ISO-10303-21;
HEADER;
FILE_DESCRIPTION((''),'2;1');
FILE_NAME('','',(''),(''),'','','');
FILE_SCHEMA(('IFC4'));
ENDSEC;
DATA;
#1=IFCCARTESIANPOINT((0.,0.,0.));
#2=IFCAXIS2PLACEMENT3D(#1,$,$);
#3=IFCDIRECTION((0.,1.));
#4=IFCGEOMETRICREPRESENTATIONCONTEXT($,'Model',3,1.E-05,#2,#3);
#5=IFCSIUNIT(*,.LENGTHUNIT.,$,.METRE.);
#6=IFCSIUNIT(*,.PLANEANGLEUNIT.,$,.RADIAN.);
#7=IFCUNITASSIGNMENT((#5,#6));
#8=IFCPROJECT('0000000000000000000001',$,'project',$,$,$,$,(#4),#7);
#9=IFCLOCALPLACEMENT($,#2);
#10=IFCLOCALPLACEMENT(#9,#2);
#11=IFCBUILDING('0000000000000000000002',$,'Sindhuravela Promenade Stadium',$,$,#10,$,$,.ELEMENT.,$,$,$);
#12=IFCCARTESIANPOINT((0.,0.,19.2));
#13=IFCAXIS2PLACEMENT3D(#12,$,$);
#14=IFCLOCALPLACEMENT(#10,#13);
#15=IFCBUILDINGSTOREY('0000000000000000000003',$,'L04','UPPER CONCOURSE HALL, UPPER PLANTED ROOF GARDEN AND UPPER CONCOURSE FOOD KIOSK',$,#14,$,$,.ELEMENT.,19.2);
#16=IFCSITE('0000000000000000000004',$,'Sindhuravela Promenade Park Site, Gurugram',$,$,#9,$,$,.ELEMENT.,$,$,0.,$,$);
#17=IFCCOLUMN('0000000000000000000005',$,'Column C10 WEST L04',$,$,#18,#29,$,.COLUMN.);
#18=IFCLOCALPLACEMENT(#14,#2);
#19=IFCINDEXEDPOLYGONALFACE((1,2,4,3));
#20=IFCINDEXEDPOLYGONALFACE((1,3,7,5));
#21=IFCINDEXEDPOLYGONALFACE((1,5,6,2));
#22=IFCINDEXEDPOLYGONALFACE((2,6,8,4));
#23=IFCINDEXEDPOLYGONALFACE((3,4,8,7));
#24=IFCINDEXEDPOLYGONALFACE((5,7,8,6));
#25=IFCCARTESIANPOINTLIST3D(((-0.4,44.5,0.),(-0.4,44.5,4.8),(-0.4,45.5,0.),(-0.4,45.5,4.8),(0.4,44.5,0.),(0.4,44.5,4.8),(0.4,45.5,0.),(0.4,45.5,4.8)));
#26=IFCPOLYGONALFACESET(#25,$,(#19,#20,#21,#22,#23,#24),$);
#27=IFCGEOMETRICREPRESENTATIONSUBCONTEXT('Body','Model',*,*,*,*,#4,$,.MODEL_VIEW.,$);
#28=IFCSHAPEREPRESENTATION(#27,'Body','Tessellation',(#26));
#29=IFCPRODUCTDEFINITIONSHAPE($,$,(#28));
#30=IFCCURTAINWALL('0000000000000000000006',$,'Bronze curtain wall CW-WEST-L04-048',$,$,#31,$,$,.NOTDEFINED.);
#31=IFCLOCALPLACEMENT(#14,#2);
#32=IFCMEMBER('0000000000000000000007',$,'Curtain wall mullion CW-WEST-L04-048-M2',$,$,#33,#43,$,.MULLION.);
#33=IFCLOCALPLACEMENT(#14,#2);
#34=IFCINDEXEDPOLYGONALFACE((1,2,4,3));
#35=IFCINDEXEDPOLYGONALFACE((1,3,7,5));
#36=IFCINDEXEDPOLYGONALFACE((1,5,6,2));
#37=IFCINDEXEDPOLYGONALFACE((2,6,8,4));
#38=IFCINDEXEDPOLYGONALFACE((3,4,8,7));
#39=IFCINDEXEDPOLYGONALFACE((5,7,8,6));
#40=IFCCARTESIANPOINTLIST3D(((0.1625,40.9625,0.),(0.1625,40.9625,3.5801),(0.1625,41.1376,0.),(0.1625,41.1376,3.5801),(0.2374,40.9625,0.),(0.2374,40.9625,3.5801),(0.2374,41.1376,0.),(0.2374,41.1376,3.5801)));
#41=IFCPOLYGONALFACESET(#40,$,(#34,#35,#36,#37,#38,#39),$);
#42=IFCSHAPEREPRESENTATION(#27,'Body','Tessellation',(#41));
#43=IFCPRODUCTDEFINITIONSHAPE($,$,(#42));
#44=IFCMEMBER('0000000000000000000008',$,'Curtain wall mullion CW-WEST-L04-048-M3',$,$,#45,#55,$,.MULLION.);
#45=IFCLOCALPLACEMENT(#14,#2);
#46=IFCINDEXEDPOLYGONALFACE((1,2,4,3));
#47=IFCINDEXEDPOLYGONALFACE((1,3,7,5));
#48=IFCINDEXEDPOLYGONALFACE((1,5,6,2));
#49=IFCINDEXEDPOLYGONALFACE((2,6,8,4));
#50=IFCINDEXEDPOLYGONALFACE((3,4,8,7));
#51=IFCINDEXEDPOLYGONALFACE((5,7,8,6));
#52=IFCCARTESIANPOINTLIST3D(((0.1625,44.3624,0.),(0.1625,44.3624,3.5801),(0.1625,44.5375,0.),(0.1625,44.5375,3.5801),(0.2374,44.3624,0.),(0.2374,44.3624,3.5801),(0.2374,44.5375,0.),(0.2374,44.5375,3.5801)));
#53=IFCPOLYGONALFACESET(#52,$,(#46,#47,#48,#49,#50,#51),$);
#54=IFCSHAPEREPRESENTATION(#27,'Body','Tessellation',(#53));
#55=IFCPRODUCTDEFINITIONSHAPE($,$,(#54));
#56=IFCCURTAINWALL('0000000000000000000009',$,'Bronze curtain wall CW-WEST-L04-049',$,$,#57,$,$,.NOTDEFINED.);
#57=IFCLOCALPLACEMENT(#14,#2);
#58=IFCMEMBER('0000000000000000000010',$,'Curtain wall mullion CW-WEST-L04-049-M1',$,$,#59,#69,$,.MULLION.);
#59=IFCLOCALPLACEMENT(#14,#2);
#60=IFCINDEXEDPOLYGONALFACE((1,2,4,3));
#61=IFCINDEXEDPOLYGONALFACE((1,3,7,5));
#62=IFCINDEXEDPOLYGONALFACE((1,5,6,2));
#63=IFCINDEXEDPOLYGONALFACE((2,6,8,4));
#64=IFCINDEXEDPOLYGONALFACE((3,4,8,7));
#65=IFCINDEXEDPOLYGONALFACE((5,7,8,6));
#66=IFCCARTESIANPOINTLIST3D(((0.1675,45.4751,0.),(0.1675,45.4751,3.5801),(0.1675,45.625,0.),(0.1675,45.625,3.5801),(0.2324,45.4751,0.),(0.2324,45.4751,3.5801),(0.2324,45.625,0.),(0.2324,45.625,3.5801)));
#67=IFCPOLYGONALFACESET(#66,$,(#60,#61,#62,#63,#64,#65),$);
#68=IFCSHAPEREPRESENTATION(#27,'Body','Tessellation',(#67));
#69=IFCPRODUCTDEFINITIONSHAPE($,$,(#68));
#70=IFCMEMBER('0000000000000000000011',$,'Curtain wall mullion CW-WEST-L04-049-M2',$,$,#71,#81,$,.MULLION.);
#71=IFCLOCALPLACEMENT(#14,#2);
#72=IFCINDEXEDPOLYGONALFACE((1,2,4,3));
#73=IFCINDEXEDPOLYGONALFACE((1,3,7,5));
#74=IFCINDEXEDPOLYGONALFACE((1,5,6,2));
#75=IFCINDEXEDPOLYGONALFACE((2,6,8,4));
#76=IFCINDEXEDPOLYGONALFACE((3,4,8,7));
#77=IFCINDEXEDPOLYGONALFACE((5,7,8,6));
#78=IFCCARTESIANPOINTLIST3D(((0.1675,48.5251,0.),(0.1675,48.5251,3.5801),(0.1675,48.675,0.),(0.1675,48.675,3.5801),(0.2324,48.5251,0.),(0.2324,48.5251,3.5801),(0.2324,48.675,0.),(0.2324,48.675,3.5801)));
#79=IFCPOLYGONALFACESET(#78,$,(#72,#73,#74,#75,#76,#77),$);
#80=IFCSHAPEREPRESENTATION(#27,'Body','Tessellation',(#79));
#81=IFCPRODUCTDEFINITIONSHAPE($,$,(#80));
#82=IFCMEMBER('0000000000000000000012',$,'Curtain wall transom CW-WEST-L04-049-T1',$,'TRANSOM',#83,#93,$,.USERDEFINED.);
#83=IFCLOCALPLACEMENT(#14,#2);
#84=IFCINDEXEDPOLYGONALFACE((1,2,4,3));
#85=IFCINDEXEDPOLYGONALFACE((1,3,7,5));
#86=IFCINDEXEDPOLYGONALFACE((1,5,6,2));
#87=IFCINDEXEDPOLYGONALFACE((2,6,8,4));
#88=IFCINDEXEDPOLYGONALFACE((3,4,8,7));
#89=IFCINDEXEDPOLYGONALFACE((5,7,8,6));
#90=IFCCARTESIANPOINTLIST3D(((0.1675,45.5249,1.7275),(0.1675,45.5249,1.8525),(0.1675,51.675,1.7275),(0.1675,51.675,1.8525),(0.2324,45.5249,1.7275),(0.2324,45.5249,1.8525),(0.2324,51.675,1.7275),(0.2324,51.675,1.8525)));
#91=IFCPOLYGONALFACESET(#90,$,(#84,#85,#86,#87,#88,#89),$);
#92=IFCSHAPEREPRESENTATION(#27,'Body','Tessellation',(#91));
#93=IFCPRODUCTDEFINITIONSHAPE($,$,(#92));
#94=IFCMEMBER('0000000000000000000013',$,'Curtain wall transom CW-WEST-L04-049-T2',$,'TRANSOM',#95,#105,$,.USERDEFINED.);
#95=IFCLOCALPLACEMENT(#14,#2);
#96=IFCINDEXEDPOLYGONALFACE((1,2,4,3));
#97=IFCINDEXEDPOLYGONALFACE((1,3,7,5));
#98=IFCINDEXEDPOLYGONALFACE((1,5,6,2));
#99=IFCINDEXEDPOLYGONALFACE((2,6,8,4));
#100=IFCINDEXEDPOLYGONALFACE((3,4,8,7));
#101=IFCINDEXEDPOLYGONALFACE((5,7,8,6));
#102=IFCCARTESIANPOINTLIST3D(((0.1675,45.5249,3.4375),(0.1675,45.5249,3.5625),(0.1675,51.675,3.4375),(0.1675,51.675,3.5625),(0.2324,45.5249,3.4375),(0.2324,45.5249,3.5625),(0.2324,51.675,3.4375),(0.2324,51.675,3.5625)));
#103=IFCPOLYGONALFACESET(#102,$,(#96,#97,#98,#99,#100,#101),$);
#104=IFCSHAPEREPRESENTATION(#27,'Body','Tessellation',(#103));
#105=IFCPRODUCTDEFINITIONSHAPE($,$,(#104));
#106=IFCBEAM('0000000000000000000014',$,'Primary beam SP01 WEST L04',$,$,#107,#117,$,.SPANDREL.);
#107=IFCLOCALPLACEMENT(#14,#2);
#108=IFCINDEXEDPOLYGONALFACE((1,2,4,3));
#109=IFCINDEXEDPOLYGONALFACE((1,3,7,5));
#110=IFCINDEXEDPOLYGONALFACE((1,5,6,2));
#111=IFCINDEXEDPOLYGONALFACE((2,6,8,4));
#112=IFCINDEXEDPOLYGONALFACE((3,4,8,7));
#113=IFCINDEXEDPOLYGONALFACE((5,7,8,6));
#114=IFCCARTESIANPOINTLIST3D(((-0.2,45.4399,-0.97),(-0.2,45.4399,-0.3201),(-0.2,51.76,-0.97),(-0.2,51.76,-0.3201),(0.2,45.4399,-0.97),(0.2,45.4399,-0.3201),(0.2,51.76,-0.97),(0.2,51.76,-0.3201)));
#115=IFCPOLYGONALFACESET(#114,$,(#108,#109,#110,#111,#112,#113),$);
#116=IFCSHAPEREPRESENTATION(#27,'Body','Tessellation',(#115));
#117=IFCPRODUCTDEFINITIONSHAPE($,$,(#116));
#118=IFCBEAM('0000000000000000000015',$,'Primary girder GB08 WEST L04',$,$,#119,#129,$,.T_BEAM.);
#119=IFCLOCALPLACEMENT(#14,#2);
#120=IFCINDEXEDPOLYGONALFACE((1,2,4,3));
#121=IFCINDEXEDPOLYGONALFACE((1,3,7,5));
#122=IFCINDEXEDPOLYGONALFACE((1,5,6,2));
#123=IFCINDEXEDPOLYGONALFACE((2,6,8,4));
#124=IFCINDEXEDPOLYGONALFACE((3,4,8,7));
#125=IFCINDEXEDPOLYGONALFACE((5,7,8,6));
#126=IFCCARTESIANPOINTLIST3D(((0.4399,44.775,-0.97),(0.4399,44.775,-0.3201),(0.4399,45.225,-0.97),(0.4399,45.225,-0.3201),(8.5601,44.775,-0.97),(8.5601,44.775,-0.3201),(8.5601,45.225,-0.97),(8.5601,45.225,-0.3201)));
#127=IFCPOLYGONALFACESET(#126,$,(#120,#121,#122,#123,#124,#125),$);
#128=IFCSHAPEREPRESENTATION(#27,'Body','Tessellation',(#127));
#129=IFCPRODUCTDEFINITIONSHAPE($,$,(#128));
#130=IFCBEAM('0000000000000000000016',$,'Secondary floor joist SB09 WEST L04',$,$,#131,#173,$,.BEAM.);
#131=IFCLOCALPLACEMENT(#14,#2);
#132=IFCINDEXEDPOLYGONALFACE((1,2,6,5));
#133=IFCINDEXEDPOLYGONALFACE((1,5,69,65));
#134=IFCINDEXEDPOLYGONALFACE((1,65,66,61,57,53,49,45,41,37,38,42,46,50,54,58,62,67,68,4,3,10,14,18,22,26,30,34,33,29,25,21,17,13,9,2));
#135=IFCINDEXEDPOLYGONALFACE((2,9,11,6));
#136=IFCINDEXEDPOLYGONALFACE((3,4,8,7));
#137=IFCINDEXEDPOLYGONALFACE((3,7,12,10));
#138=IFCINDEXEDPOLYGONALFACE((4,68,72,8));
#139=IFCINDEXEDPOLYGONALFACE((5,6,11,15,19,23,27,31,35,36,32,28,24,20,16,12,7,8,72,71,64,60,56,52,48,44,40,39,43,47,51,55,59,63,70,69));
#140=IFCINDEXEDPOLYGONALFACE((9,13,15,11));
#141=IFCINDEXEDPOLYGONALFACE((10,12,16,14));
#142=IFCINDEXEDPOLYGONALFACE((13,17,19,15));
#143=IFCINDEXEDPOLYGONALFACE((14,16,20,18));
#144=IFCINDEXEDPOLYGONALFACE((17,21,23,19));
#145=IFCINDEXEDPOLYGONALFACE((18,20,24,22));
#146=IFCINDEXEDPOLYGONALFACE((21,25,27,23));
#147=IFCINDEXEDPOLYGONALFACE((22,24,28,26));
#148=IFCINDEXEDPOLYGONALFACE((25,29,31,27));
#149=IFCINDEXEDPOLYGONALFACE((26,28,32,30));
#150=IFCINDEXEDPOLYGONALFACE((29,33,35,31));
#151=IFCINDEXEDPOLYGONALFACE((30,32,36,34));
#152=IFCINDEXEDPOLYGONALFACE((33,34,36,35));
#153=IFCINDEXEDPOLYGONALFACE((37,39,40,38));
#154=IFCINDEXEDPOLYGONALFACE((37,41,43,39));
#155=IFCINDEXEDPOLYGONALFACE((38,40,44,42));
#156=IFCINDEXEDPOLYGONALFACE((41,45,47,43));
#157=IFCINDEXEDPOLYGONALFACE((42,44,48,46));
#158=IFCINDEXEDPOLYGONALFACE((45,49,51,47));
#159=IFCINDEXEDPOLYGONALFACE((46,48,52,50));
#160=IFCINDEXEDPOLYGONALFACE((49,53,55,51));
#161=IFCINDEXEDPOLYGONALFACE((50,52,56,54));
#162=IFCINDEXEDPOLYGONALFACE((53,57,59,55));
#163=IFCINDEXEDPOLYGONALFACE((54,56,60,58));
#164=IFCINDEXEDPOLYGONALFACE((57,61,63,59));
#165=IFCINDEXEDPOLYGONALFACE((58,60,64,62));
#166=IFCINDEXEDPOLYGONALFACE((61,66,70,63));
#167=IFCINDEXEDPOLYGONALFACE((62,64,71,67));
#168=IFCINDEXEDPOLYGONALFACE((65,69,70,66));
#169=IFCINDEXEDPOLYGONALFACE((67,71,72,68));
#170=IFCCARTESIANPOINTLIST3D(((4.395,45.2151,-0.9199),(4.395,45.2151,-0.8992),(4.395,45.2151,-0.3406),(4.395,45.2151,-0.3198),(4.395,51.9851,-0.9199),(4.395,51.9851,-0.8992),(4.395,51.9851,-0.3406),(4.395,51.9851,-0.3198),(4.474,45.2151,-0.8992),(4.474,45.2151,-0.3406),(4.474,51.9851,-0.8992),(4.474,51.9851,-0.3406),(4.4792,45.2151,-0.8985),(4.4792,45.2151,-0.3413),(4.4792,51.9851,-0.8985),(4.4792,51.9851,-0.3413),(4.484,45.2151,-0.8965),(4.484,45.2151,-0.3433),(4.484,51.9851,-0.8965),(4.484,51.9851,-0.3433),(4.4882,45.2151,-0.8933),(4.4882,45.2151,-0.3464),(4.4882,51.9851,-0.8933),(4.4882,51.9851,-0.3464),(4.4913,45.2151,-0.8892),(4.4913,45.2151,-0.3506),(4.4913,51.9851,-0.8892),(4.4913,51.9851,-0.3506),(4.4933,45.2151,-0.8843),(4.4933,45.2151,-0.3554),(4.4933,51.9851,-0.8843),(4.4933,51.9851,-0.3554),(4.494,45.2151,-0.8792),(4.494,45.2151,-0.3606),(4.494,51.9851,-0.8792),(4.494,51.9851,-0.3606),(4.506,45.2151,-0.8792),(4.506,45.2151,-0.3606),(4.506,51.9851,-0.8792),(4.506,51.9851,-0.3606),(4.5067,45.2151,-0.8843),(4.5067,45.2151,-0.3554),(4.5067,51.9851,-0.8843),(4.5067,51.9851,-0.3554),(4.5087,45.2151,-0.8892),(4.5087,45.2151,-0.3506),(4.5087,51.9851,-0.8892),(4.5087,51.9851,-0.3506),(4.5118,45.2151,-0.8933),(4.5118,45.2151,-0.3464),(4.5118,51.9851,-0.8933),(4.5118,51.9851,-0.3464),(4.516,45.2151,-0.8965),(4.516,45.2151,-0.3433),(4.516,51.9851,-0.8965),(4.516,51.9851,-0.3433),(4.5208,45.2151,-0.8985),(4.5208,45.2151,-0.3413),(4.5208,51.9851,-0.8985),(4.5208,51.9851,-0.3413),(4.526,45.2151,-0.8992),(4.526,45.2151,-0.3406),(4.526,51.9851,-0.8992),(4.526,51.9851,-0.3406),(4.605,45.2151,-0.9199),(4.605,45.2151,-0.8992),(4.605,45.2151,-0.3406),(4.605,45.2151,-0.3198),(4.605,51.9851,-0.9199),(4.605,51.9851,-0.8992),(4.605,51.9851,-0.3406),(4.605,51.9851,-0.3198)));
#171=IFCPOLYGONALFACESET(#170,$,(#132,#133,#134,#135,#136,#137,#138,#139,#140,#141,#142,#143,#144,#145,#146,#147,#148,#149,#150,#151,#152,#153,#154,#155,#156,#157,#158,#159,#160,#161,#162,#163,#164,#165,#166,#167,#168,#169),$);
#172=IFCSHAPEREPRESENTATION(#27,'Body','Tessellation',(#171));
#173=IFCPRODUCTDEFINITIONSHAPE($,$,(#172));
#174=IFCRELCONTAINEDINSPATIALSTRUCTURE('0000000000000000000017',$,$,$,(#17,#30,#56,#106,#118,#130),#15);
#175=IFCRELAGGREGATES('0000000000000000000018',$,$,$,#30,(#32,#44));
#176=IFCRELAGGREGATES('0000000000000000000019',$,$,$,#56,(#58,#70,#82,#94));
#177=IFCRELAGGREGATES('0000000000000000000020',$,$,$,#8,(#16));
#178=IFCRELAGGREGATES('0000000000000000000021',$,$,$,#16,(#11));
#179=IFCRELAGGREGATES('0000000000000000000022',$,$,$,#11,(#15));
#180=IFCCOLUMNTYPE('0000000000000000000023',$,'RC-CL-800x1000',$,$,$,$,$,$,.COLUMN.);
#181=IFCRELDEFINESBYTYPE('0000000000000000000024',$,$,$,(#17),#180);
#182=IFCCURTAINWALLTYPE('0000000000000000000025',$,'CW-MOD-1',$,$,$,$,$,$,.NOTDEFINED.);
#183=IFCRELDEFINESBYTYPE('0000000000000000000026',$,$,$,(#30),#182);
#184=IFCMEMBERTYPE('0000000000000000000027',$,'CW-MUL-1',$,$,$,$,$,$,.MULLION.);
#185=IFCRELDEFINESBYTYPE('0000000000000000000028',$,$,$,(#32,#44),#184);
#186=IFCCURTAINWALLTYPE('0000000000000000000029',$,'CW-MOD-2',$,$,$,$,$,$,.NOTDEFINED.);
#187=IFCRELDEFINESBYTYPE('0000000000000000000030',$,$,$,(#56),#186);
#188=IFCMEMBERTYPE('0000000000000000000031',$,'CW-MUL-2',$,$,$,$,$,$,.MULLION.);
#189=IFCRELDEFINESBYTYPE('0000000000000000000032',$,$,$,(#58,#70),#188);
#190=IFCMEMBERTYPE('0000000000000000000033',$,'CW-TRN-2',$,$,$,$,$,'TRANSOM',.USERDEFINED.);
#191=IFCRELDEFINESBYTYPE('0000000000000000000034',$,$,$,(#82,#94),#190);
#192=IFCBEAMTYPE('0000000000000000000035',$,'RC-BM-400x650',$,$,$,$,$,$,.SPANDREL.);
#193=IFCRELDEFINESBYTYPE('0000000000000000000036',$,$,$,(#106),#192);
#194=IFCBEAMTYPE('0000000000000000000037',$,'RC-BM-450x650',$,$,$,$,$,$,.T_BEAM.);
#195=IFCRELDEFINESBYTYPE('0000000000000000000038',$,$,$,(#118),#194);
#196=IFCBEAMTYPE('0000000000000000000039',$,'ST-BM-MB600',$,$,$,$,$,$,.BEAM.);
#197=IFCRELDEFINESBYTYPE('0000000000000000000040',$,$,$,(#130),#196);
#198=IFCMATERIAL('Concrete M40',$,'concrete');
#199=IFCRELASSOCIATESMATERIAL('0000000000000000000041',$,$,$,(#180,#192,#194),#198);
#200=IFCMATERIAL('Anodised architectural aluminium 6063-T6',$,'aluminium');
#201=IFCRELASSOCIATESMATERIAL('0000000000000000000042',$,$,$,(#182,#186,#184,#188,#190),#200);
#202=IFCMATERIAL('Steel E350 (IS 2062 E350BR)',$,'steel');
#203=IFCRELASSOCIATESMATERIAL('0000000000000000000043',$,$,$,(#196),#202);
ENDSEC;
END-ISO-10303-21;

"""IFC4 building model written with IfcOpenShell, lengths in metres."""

from ifc_helpers import new_model, si_unit, direction, frame, origin, origin_2d, place, context, subcontext, project, spatial, rectangle, i_section, extrude, material, material_profile, profile_set, type_object, element, aggregate, save


model = new_model("IFC4")

# Units and contexts
model_context = context("Model", 3, precision=1e-05, world=origin(), true_north=direction((0.0, 1.0)))
body_context = subcontext(model_context, "Body", "Model", "MODEL_VIEW")
ifc_project = project(units=[si_unit("LENGTHUNIT", "METRE"), si_unit("PLANEANGLEUNIT", "RADIAN")], contexts=[model_context])

# Site, building, storey
site_placement = place(None, origin())
site = spatial("IfcSite", under=ifc_project, at=site_placement, Name="Sindhuravela Promenade Park Site, Gurugram", CompositionType="ELEMENT", RefElevation=0.0)
building_placement = place(site_placement, origin())
building = spatial("IfcBuilding", under=site, at=building_placement, Name="Sindhuravela Promenade Stadium", CompositionType="ELEMENT")
storey_placement = place(building_placement, frame((0.0, 0.0, 19.2)))
storey = spatial("IfcBuildingStorey", under=building, at=storey_placement, Name="L04", Description="UPPER CONCOURSE HALL, UPPER PLANTED ROOF GARDEN AND UPPER CONCOURSE FOOD KIOSK", CompositionType="ELEMENT", Elevation=19.2)

# Column
ifc_material_1 = material(Name="Concrete M40", Category="concrete")
ifc_material_profile_1 = material_profile(ifc_material_1, rectangle(XDim=0.8, YDim=1.0, at=origin_2d()), Name="RC 800x1000")
ifc_profile_set_1 = profile_set([ifc_material_profile_1], Name="Concrete M40")
column_type = type_object("IfcColumnType", Name="RC-CL-800x1000", PredefinedType="COLUMN", material=ifc_profile_set_1)
column_placement = place(storey_placement, frame((0.0, 45.0, 0.0), z_axis=(0.0, 0.0, 1.0), x_axis=(1.0, 0.0, 0.0)))
element("IfcColumn", 1, at=column_placement, inside=storey, type_object=column_type, Name="Column C10 WEST L04", PredefinedType="COLUMN", context=body_context, shape_type="SweptSolid", body=[
    extrude(rectangle(XDim=0.8, YDim=1.0, at=origin_2d()), origin(), (0.0, 0.0, 1.0), 4.8),
])

# Curtain walls, members
ifc_material_2 = material(Name="Anodised architectural aluminium 6063-T6", Category="aluminium")
curtain_wall_type_1 = type_object("IfcCurtainWallType", Name="CW-MOD-1", PredefinedType="NOTDEFINED", material=ifc_material_2)
curtain_wall_1_placement = place(storey_placement, origin())
curtain_wall_1 = element("IfcCurtainWall", 2, at=curtain_wall_1_placement, inside=storey, type_object=curtain_wall_type_1, Name="Bronze curtain wall CW-WEST-L04-048", PredefinedType="NOTDEFINED")
ifc_material_profile_2 = material_profile(ifc_material_2, rectangle(XDim=0.075, YDim=0.175, at=origin_2d()), Name="ALU MULL 75x175")
ifc_profile_set_2 = profile_set([ifc_material_profile_2], Name="Anodised architectural aluminium 6063-T6")
member_type_1 = type_object("IfcMemberType", Name="CW-MUL-1", PredefinedType="MULLION", material=ifc_profile_set_2)
member_1_placement = place(storey_placement, frame((0.2, 41.05, 0.0), z_axis=(0.0, 0.0, 1.0), x_axis=(1.0, 0.0, 0.0)))
member_1 = element("IfcMember", 3, at=member_1_placement, type_object=member_type_1, Name="Curtain wall mullion CW-WEST-L04-048-M2", PredefinedType="MULLION", context=body_context, shape_type="SweptSolid", body=[
    extrude(rectangle(XDim=0.075, YDim=0.175, at=origin_2d()), origin(), (0.0, 0.0, 1.0), 3.5801),
])
member_2_placement = place(storey_placement, frame((0.2, 44.45, 0.0), z_axis=(0.0, 0.0, 1.0), x_axis=(1.0, 0.0, 0.0)))
member_2 = element("IfcMember", 4, at=member_2_placement, type_object=member_type_1, Name="Curtain wall mullion CW-WEST-L04-048-M3", PredefinedType="MULLION", context=body_context, shape_type="SweptSolid", body=[
    extrude(rectangle(XDim=0.075, YDim=0.175, at=origin_2d()), origin(), (0.0, 0.0, 1.0), 3.5801),
])
curtain_wall_type_2 = type_object("IfcCurtainWallType", Name="CW-MOD-2", PredefinedType="NOTDEFINED", material=ifc_material_2)
curtain_wall_2_placement = place(storey_placement, origin())
curtain_wall_2 = element("IfcCurtainWall", 5, at=curtain_wall_2_placement, inside=storey, type_object=curtain_wall_type_2, Name="Bronze curtain wall CW-WEST-L04-049", PredefinedType="NOTDEFINED")
ifc_material_profile_3 = material_profile(ifc_material_2, rectangle(XDim=0.0649, YDim=0.1499, at=origin_2d()), Name="ALU MULL 65x150")
ifc_profile_set_3 = profile_set([ifc_material_profile_3], Name="Anodised architectural aluminium 6063-T6")
member_type_2 = type_object("IfcMemberType", Name="CW-MUL-2", PredefinedType="MULLION", material=ifc_profile_set_3)
member_3_placement = place(storey_placement, frame((0.2, 45.55, 0.0), z_axis=(0.0, 0.0, 1.0), x_axis=(1.0, 0.0, 0.0)))
member_3 = element("IfcMember", 6, at=member_3_placement, type_object=member_type_2, Name="Curtain wall mullion CW-WEST-L04-049-M1", PredefinedType="MULLION", context=body_context, shape_type="SweptSolid", body=[
    extrude(rectangle(XDim=0.0649, YDim=0.1499, at=origin_2d()), origin(), (0.0, 0.0, 1.0), 3.5801),
])
member_4_placement = place(storey_placement, frame((0.2, 48.6001, 0.0), z_axis=(0.0, 0.0, 1.0), x_axis=(1.0, 0.0, 0.0)))
member_4 = element("IfcMember", 7, at=member_4_placement, type_object=member_type_2, Name="Curtain wall mullion CW-WEST-L04-049-M2", PredefinedType="MULLION", context=body_context, shape_type="SweptSolid", body=[
    extrude(rectangle(XDim=0.0649, YDim=0.1499, at=origin_2d()), origin(), (0.0, 0.0, 1.0), 3.5801),
])
ifc_material_profile_4 = material_profile(ifc_material_2, rectangle(XDim=0.0649, YDim=0.125, at=origin_2d()), Name="ALU TRAN 65x125")
ifc_profile_set_4 = profile_set([ifc_material_profile_4], Name="Anodised architectural aluminium 6063-T6")
member_type_3 = type_object("IfcMemberType", Name="CW-TRN-2", ElementType="TRANSOM", PredefinedType="USERDEFINED", material=ifc_profile_set_4)
member_5_placement = place(storey_placement, frame((0.2, 45.5249, 1.79), z_axis=(0.0, 1.0, 0.0), x_axis=(-1.0, 0.0, 0.0)))
member_5 = element("IfcMember", 8, at=member_5_placement, type_object=member_type_3, Name="Curtain wall transom CW-WEST-L04-049-T1", ObjectType="TRANSOM", PredefinedType="USERDEFINED", context=body_context, shape_type="SweptSolid", body=[
    extrude(rectangle(XDim=0.0649, YDim=0.125, at=origin_2d()), origin(), (0.0, 0.0, 1.0), 6.1501),
])
member_6_placement = place(storey_placement, frame((0.2, 45.5249, 3.5), z_axis=(0.0, 1.0, 0.0), x_axis=(-1.0, 0.0, 0.0)))
member_6 = element("IfcMember", 9, at=member_6_placement, type_object=member_type_3, Name="Curtain wall transom CW-WEST-L04-049-T2", ObjectType="TRANSOM", PredefinedType="USERDEFINED", context=body_context, shape_type="SweptSolid", body=[
    extrude(rectangle(XDim=0.0649, YDim=0.125, at=origin_2d()), origin(), (0.0, 0.0, 1.0), 6.1501),
])

# Beams
ifc_material_profile_5 = material_profile(ifc_material_1, rectangle(XDim=0.3999, YDim=0.6499, at=origin_2d()), Name="RC 400x650")
ifc_profile_set_5 = profile_set([ifc_material_profile_5], Name="Concrete M40")
beam_type_1 = type_object("IfcBeamType", Name="RC-BM-400x650", PredefinedType="SPANDREL", material=ifc_profile_set_5)
beam_1_placement = place(storey_placement, frame((0.0, 45.4399, -0.645), z_axis=(0.0, 1.0, 0.0), x_axis=(-1.0, 0.0, 0.0)))
element("IfcBeam", 10, at=beam_1_placement, inside=storey, type_object=beam_type_1, Name="Primary beam SP01 WEST L04", PredefinedType="SPANDREL", context=body_context, shape_type="SweptSolid", body=[
    extrude(rectangle(XDim=0.3999, YDim=0.6499, at=origin_2d()), origin(), (0.0, 0.0, 1.0), 6.3201),
])
ifc_material_profile_6 = material_profile(ifc_material_1, rectangle(XDim=0.45, YDim=0.6499, at=origin_2d()), Name="RC 450x650")
ifc_profile_set_6 = profile_set([ifc_material_profile_6], Name="Concrete M40")
beam_type_2 = type_object("IfcBeamType", Name="RC-BM-450x650", PredefinedType="T_BEAM", material=ifc_profile_set_6)
beam_2_placement = place(storey_placement, frame((0.4399, 45.0, -0.645), z_axis=(1.0, 0.0, 0.0), x_axis=(0.0, 1.0, 0.0)))
element("IfcBeam", 11, at=beam_2_placement, inside=storey, type_object=beam_type_2, Name="Primary girder GB08 WEST L04", PredefinedType="T_BEAM", context=body_context, shape_type="SweptSolid", body=[
    extrude(rectangle(XDim=0.45, YDim=0.6499, at=origin_2d()), origin(), (0.0, 0.0, 1.0), 8.1201),
])
ifc_material_3 = material(Name="Steel E350 (IS 2062 E350BR)", Category="steel")
ifc_material_profile_7 = material_profile(ifc_material_3, i_section(OverallWidth=0.21, OverallDepth=0.6001, WebThickness=0.012, FlangeThickness=0.0208, FilletRadius=0.02, at=origin_2d()), Name="ISMB 600")
ifc_profile_set_7 = profile_set([ifc_material_profile_7], Name="Steel E350 (IS 2062 E350BR)")
beam_type_3 = type_object("IfcBeamType", Name="ST-BM-MB600", PredefinedType="BEAM", material=ifc_profile_set_7)
beam_3_placement = place(storey_placement, frame((4.5, 45.2151, -0.6199), z_axis=(0.0, 1.0, 0.0), x_axis=(-1.0, 0.0, 0.0)))
element("IfcBeam", 12, at=beam_3_placement, inside=storey, type_object=beam_type_3, Name="Secondary floor joist SB09 WEST L04", PredefinedType="BEAM", context=body_context, shape_type="SweptSolid", body=[
    extrude(i_section(OverallWidth=0.21, OverallDepth=0.6001, WebThickness=0.012, FlangeThickness=0.0208, FilletRadius=0.02, at=origin_2d()), origin(), (0.0, 0.0, 1.0), 6.77),
])

aggregate(curtain_wall_1, [member_1, member_2])
aggregate(curtain_wall_2, [member_3, member_4, member_5, member_6])

save(model, "model.ifc")
